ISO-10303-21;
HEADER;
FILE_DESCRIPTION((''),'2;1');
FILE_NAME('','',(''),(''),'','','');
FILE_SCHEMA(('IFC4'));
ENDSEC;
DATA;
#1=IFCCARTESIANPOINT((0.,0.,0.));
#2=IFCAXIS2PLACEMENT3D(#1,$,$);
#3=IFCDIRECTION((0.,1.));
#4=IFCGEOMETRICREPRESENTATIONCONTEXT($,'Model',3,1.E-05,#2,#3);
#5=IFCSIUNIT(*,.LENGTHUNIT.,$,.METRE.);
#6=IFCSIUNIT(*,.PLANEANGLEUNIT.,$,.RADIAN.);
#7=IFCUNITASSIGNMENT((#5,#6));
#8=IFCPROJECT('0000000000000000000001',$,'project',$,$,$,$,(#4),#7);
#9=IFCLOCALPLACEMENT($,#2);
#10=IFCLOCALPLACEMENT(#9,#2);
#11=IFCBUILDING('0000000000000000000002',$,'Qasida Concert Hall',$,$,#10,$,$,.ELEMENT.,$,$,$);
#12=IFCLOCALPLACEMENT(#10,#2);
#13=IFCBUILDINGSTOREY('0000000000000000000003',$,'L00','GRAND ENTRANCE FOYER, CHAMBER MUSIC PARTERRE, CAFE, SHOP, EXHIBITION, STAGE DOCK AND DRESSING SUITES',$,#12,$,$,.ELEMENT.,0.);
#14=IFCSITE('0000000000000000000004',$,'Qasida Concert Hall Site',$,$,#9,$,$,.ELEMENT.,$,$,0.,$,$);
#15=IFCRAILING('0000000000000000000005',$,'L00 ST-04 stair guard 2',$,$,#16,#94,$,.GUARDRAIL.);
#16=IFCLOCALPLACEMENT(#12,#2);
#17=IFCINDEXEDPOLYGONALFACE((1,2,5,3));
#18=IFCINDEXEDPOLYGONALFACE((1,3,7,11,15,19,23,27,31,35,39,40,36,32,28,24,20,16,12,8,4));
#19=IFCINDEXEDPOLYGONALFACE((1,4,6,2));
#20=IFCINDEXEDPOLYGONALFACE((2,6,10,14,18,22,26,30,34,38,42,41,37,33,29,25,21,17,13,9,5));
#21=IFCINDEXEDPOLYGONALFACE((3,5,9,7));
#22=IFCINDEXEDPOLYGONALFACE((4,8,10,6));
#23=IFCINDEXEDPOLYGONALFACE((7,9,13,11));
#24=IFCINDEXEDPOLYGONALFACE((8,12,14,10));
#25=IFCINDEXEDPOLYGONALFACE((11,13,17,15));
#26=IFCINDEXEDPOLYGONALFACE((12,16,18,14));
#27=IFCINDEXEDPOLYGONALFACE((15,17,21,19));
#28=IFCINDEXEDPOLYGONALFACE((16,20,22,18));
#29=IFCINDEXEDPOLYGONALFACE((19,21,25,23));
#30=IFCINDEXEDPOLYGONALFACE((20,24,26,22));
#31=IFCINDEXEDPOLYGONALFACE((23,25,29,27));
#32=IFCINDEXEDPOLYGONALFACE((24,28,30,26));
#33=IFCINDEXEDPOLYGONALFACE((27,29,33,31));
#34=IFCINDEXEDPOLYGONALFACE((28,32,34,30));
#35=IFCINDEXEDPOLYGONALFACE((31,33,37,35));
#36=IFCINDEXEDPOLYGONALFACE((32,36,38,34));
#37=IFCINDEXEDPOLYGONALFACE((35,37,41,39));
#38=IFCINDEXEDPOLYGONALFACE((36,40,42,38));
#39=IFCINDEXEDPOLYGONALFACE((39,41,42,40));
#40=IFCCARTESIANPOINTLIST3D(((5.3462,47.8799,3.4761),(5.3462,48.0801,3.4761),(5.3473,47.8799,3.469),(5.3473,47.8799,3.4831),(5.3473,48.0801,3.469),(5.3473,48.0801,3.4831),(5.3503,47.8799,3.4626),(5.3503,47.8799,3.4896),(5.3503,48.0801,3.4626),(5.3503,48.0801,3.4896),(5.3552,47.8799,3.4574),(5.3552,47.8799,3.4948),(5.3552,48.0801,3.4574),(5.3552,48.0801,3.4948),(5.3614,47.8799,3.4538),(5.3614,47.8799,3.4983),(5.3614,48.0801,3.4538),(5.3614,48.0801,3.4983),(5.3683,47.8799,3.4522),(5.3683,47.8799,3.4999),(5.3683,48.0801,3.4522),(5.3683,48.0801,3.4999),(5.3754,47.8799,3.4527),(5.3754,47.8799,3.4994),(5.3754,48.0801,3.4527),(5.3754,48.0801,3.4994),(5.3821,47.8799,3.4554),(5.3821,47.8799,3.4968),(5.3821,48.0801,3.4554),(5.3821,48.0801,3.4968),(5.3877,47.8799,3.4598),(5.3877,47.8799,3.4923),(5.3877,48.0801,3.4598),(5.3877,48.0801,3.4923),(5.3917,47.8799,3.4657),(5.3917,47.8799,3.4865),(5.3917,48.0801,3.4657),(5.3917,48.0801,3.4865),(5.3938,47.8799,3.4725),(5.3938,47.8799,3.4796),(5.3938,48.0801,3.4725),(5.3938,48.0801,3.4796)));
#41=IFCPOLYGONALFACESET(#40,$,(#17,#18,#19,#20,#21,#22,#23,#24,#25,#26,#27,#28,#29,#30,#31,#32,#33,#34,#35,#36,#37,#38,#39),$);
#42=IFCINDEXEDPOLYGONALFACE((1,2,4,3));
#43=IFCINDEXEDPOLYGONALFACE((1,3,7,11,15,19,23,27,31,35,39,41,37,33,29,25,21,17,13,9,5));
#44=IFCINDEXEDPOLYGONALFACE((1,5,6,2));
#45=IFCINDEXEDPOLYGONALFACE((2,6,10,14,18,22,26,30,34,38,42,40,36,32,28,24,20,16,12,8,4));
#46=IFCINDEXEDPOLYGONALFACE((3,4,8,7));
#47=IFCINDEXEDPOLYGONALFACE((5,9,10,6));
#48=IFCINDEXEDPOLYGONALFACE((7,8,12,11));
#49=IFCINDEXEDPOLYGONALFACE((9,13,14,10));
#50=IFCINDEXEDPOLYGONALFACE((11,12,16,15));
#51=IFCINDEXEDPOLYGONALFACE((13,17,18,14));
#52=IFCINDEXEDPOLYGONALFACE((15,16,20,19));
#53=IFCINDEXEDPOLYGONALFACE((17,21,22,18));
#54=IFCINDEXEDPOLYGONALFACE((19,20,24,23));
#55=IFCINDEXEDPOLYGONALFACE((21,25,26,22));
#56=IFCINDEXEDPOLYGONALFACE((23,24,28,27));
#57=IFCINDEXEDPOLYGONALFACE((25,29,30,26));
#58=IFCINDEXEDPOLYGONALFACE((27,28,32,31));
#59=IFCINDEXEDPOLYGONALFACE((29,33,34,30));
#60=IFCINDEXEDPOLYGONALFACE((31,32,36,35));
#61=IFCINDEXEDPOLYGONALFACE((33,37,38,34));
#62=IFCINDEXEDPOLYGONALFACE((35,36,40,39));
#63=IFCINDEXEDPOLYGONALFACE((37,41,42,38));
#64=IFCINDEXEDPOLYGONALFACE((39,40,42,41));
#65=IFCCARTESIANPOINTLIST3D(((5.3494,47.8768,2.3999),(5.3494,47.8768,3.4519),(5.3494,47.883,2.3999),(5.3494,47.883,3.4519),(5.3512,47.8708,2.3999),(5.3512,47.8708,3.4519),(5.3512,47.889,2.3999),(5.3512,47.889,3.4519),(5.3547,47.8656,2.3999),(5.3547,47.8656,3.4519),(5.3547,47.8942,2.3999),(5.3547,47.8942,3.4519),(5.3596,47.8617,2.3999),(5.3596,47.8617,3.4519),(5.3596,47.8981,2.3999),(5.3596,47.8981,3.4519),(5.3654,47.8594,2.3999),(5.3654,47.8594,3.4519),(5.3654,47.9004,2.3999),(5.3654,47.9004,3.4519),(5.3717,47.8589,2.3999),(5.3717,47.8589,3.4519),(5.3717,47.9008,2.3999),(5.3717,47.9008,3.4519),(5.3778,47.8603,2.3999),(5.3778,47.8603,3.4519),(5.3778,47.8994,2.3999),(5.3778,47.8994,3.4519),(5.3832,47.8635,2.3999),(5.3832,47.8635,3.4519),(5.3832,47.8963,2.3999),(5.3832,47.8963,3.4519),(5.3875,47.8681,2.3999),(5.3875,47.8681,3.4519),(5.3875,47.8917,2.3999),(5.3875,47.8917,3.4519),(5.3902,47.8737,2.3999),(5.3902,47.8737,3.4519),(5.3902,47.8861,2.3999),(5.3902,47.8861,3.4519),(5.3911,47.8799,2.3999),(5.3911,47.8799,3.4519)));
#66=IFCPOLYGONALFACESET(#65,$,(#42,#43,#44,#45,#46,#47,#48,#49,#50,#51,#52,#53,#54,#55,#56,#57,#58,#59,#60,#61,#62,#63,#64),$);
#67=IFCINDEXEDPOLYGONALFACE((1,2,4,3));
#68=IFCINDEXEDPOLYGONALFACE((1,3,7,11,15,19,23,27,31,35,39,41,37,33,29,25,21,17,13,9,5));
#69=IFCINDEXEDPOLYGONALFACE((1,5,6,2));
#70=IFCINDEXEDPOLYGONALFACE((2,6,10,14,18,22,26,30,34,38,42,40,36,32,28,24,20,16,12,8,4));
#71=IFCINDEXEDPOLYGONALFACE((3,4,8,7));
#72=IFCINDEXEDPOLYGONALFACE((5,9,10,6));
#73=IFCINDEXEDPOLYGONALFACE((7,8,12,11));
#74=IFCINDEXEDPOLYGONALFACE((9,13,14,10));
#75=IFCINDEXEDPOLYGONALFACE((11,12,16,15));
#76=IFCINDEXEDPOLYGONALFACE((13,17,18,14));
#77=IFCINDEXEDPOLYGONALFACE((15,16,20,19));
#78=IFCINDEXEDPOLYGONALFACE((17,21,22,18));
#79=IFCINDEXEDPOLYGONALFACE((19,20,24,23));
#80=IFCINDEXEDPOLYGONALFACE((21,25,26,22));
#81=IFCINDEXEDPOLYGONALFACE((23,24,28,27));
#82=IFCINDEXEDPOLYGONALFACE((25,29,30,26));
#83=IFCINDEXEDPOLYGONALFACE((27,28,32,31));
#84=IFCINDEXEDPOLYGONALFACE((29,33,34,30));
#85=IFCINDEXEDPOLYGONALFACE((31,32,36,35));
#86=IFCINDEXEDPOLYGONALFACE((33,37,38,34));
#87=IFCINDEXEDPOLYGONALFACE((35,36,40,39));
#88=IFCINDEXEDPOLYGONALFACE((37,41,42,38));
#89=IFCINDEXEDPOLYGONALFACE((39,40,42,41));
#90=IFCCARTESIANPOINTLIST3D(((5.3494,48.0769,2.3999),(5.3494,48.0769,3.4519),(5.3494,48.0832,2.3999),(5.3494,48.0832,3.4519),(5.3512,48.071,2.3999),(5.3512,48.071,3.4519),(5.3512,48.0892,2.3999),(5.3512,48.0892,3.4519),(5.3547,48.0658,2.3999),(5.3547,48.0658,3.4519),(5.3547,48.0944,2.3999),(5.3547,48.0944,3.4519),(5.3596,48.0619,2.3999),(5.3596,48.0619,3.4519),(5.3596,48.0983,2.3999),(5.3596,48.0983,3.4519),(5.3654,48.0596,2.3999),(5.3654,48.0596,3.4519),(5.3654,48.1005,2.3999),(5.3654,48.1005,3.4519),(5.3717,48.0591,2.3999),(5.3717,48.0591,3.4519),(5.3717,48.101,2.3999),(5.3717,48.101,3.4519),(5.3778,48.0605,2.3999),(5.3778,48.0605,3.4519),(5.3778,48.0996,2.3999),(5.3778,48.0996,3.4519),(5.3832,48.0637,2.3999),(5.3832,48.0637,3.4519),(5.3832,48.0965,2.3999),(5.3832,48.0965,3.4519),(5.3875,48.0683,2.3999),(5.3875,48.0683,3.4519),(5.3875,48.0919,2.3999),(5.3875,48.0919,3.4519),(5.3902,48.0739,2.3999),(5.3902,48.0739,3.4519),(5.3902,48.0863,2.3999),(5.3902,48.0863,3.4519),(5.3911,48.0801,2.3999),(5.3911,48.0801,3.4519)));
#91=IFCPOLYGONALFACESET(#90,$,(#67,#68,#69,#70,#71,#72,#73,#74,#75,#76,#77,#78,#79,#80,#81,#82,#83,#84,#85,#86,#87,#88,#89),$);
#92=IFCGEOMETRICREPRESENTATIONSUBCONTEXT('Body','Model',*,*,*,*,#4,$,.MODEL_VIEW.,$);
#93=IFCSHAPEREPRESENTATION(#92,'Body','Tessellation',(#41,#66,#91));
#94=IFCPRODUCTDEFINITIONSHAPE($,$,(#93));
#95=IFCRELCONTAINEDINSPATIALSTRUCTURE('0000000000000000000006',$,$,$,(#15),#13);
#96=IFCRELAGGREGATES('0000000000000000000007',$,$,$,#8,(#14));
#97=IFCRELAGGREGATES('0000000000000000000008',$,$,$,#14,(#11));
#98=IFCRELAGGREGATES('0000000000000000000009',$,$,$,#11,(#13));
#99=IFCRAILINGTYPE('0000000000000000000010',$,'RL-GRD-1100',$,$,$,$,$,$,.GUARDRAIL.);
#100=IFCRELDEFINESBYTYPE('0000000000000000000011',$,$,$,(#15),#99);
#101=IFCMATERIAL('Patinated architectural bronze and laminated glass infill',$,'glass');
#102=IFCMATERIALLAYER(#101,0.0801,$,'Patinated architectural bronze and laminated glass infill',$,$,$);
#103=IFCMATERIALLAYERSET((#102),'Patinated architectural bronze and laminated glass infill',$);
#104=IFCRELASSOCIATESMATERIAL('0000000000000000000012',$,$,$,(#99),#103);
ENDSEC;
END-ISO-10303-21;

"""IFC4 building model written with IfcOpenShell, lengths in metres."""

from ifc_helpers import new_model, si_unit, direction, frame, origin, origin_2d, place, context, subcontext, project, spatial, circle, extrude, material, layer, layer_set, type_object, element, save


model = new_model("IFC4")

# Units and contexts
model_context = context("Model", 3, precision=1e-05, world=origin(), true_north=direction((0.0, 1.0)))
body_context = subcontext(model_context, "Body", "Model", "MODEL_VIEW")
ifc_project = project(units=[si_unit("LENGTHUNIT", "METRE"), si_unit("PLANEANGLEUNIT", "RADIAN")], contexts=[model_context])

# Site, building, storey
site_placement = place(None, origin())
site = spatial("IfcSite", under=ifc_project, at=site_placement, Name="Qasida Concert Hall Site", CompositionType="ELEMENT", RefElevation=0.0)
building_placement = place(site_placement, origin())
building = spatial("IfcBuilding", under=site, at=building_placement, Name="Qasida Concert Hall", CompositionType="ELEMENT")
storey_placement = place(building_placement, origin())
storey = spatial("IfcBuildingStorey", under=building, at=storey_placement, Name="L00", Description="GRAND ENTRANCE FOYER, CHAMBER MUSIC PARTERRE, CAFE, SHOP, EXHIBITION, STAGE DOCK AND DRESSING SUITES", CompositionType="ELEMENT", Elevation=0.0)

# Railing
ifc_material_1 = material(Name="Patinated architectural bronze and laminated glass infill", Category="glass")
ifc_layer_1 = layer(ifc_material_1, 0.0801, Name="Patinated architectural bronze and laminated glass infill")
ifc_layer_set_1 = layer_set([ifc_layer_1], Name="Patinated architectural bronze and laminated glass infill")
railing_type_1 = type_object("IfcRailingType", Name="RL-GRD-1100", PredefinedType="GUARDRAIL", material=ifc_layer_set_1)
railing_1_placement = place(storey_placement, frame((5.3701, 47.8799, 2.3999)))
element("IfcRailing", 1, at=railing_1_placement, inside=storey, type_object=railing_type_1, Name="L00 ST-04 stair guard 2", PredefinedType="GUARDRAIL", context=body_context, shape_type="SweptSolid", body=[
    extrude(circle(Radius=0.0239, at=origin_2d()), frame((0.0, 0.0, 1.0762), z_axis=(0.0, 1.0, 0.0), x_axis=(-1.0, 0.0, 0.0)), (0.0, 0.0, 1.0), 0.2002),
    extrude(circle(Radius=0.021, at=origin_2d()), origin(), (0.0, 0.0, 1.0), 1.052),
    extrude(circle(Radius=0.021, at=origin_2d()), frame((0.0, 0.2002, 0.0)), (0.0, 0.0, 1.0), 1.052),
])

save(model, "model.ifc")
